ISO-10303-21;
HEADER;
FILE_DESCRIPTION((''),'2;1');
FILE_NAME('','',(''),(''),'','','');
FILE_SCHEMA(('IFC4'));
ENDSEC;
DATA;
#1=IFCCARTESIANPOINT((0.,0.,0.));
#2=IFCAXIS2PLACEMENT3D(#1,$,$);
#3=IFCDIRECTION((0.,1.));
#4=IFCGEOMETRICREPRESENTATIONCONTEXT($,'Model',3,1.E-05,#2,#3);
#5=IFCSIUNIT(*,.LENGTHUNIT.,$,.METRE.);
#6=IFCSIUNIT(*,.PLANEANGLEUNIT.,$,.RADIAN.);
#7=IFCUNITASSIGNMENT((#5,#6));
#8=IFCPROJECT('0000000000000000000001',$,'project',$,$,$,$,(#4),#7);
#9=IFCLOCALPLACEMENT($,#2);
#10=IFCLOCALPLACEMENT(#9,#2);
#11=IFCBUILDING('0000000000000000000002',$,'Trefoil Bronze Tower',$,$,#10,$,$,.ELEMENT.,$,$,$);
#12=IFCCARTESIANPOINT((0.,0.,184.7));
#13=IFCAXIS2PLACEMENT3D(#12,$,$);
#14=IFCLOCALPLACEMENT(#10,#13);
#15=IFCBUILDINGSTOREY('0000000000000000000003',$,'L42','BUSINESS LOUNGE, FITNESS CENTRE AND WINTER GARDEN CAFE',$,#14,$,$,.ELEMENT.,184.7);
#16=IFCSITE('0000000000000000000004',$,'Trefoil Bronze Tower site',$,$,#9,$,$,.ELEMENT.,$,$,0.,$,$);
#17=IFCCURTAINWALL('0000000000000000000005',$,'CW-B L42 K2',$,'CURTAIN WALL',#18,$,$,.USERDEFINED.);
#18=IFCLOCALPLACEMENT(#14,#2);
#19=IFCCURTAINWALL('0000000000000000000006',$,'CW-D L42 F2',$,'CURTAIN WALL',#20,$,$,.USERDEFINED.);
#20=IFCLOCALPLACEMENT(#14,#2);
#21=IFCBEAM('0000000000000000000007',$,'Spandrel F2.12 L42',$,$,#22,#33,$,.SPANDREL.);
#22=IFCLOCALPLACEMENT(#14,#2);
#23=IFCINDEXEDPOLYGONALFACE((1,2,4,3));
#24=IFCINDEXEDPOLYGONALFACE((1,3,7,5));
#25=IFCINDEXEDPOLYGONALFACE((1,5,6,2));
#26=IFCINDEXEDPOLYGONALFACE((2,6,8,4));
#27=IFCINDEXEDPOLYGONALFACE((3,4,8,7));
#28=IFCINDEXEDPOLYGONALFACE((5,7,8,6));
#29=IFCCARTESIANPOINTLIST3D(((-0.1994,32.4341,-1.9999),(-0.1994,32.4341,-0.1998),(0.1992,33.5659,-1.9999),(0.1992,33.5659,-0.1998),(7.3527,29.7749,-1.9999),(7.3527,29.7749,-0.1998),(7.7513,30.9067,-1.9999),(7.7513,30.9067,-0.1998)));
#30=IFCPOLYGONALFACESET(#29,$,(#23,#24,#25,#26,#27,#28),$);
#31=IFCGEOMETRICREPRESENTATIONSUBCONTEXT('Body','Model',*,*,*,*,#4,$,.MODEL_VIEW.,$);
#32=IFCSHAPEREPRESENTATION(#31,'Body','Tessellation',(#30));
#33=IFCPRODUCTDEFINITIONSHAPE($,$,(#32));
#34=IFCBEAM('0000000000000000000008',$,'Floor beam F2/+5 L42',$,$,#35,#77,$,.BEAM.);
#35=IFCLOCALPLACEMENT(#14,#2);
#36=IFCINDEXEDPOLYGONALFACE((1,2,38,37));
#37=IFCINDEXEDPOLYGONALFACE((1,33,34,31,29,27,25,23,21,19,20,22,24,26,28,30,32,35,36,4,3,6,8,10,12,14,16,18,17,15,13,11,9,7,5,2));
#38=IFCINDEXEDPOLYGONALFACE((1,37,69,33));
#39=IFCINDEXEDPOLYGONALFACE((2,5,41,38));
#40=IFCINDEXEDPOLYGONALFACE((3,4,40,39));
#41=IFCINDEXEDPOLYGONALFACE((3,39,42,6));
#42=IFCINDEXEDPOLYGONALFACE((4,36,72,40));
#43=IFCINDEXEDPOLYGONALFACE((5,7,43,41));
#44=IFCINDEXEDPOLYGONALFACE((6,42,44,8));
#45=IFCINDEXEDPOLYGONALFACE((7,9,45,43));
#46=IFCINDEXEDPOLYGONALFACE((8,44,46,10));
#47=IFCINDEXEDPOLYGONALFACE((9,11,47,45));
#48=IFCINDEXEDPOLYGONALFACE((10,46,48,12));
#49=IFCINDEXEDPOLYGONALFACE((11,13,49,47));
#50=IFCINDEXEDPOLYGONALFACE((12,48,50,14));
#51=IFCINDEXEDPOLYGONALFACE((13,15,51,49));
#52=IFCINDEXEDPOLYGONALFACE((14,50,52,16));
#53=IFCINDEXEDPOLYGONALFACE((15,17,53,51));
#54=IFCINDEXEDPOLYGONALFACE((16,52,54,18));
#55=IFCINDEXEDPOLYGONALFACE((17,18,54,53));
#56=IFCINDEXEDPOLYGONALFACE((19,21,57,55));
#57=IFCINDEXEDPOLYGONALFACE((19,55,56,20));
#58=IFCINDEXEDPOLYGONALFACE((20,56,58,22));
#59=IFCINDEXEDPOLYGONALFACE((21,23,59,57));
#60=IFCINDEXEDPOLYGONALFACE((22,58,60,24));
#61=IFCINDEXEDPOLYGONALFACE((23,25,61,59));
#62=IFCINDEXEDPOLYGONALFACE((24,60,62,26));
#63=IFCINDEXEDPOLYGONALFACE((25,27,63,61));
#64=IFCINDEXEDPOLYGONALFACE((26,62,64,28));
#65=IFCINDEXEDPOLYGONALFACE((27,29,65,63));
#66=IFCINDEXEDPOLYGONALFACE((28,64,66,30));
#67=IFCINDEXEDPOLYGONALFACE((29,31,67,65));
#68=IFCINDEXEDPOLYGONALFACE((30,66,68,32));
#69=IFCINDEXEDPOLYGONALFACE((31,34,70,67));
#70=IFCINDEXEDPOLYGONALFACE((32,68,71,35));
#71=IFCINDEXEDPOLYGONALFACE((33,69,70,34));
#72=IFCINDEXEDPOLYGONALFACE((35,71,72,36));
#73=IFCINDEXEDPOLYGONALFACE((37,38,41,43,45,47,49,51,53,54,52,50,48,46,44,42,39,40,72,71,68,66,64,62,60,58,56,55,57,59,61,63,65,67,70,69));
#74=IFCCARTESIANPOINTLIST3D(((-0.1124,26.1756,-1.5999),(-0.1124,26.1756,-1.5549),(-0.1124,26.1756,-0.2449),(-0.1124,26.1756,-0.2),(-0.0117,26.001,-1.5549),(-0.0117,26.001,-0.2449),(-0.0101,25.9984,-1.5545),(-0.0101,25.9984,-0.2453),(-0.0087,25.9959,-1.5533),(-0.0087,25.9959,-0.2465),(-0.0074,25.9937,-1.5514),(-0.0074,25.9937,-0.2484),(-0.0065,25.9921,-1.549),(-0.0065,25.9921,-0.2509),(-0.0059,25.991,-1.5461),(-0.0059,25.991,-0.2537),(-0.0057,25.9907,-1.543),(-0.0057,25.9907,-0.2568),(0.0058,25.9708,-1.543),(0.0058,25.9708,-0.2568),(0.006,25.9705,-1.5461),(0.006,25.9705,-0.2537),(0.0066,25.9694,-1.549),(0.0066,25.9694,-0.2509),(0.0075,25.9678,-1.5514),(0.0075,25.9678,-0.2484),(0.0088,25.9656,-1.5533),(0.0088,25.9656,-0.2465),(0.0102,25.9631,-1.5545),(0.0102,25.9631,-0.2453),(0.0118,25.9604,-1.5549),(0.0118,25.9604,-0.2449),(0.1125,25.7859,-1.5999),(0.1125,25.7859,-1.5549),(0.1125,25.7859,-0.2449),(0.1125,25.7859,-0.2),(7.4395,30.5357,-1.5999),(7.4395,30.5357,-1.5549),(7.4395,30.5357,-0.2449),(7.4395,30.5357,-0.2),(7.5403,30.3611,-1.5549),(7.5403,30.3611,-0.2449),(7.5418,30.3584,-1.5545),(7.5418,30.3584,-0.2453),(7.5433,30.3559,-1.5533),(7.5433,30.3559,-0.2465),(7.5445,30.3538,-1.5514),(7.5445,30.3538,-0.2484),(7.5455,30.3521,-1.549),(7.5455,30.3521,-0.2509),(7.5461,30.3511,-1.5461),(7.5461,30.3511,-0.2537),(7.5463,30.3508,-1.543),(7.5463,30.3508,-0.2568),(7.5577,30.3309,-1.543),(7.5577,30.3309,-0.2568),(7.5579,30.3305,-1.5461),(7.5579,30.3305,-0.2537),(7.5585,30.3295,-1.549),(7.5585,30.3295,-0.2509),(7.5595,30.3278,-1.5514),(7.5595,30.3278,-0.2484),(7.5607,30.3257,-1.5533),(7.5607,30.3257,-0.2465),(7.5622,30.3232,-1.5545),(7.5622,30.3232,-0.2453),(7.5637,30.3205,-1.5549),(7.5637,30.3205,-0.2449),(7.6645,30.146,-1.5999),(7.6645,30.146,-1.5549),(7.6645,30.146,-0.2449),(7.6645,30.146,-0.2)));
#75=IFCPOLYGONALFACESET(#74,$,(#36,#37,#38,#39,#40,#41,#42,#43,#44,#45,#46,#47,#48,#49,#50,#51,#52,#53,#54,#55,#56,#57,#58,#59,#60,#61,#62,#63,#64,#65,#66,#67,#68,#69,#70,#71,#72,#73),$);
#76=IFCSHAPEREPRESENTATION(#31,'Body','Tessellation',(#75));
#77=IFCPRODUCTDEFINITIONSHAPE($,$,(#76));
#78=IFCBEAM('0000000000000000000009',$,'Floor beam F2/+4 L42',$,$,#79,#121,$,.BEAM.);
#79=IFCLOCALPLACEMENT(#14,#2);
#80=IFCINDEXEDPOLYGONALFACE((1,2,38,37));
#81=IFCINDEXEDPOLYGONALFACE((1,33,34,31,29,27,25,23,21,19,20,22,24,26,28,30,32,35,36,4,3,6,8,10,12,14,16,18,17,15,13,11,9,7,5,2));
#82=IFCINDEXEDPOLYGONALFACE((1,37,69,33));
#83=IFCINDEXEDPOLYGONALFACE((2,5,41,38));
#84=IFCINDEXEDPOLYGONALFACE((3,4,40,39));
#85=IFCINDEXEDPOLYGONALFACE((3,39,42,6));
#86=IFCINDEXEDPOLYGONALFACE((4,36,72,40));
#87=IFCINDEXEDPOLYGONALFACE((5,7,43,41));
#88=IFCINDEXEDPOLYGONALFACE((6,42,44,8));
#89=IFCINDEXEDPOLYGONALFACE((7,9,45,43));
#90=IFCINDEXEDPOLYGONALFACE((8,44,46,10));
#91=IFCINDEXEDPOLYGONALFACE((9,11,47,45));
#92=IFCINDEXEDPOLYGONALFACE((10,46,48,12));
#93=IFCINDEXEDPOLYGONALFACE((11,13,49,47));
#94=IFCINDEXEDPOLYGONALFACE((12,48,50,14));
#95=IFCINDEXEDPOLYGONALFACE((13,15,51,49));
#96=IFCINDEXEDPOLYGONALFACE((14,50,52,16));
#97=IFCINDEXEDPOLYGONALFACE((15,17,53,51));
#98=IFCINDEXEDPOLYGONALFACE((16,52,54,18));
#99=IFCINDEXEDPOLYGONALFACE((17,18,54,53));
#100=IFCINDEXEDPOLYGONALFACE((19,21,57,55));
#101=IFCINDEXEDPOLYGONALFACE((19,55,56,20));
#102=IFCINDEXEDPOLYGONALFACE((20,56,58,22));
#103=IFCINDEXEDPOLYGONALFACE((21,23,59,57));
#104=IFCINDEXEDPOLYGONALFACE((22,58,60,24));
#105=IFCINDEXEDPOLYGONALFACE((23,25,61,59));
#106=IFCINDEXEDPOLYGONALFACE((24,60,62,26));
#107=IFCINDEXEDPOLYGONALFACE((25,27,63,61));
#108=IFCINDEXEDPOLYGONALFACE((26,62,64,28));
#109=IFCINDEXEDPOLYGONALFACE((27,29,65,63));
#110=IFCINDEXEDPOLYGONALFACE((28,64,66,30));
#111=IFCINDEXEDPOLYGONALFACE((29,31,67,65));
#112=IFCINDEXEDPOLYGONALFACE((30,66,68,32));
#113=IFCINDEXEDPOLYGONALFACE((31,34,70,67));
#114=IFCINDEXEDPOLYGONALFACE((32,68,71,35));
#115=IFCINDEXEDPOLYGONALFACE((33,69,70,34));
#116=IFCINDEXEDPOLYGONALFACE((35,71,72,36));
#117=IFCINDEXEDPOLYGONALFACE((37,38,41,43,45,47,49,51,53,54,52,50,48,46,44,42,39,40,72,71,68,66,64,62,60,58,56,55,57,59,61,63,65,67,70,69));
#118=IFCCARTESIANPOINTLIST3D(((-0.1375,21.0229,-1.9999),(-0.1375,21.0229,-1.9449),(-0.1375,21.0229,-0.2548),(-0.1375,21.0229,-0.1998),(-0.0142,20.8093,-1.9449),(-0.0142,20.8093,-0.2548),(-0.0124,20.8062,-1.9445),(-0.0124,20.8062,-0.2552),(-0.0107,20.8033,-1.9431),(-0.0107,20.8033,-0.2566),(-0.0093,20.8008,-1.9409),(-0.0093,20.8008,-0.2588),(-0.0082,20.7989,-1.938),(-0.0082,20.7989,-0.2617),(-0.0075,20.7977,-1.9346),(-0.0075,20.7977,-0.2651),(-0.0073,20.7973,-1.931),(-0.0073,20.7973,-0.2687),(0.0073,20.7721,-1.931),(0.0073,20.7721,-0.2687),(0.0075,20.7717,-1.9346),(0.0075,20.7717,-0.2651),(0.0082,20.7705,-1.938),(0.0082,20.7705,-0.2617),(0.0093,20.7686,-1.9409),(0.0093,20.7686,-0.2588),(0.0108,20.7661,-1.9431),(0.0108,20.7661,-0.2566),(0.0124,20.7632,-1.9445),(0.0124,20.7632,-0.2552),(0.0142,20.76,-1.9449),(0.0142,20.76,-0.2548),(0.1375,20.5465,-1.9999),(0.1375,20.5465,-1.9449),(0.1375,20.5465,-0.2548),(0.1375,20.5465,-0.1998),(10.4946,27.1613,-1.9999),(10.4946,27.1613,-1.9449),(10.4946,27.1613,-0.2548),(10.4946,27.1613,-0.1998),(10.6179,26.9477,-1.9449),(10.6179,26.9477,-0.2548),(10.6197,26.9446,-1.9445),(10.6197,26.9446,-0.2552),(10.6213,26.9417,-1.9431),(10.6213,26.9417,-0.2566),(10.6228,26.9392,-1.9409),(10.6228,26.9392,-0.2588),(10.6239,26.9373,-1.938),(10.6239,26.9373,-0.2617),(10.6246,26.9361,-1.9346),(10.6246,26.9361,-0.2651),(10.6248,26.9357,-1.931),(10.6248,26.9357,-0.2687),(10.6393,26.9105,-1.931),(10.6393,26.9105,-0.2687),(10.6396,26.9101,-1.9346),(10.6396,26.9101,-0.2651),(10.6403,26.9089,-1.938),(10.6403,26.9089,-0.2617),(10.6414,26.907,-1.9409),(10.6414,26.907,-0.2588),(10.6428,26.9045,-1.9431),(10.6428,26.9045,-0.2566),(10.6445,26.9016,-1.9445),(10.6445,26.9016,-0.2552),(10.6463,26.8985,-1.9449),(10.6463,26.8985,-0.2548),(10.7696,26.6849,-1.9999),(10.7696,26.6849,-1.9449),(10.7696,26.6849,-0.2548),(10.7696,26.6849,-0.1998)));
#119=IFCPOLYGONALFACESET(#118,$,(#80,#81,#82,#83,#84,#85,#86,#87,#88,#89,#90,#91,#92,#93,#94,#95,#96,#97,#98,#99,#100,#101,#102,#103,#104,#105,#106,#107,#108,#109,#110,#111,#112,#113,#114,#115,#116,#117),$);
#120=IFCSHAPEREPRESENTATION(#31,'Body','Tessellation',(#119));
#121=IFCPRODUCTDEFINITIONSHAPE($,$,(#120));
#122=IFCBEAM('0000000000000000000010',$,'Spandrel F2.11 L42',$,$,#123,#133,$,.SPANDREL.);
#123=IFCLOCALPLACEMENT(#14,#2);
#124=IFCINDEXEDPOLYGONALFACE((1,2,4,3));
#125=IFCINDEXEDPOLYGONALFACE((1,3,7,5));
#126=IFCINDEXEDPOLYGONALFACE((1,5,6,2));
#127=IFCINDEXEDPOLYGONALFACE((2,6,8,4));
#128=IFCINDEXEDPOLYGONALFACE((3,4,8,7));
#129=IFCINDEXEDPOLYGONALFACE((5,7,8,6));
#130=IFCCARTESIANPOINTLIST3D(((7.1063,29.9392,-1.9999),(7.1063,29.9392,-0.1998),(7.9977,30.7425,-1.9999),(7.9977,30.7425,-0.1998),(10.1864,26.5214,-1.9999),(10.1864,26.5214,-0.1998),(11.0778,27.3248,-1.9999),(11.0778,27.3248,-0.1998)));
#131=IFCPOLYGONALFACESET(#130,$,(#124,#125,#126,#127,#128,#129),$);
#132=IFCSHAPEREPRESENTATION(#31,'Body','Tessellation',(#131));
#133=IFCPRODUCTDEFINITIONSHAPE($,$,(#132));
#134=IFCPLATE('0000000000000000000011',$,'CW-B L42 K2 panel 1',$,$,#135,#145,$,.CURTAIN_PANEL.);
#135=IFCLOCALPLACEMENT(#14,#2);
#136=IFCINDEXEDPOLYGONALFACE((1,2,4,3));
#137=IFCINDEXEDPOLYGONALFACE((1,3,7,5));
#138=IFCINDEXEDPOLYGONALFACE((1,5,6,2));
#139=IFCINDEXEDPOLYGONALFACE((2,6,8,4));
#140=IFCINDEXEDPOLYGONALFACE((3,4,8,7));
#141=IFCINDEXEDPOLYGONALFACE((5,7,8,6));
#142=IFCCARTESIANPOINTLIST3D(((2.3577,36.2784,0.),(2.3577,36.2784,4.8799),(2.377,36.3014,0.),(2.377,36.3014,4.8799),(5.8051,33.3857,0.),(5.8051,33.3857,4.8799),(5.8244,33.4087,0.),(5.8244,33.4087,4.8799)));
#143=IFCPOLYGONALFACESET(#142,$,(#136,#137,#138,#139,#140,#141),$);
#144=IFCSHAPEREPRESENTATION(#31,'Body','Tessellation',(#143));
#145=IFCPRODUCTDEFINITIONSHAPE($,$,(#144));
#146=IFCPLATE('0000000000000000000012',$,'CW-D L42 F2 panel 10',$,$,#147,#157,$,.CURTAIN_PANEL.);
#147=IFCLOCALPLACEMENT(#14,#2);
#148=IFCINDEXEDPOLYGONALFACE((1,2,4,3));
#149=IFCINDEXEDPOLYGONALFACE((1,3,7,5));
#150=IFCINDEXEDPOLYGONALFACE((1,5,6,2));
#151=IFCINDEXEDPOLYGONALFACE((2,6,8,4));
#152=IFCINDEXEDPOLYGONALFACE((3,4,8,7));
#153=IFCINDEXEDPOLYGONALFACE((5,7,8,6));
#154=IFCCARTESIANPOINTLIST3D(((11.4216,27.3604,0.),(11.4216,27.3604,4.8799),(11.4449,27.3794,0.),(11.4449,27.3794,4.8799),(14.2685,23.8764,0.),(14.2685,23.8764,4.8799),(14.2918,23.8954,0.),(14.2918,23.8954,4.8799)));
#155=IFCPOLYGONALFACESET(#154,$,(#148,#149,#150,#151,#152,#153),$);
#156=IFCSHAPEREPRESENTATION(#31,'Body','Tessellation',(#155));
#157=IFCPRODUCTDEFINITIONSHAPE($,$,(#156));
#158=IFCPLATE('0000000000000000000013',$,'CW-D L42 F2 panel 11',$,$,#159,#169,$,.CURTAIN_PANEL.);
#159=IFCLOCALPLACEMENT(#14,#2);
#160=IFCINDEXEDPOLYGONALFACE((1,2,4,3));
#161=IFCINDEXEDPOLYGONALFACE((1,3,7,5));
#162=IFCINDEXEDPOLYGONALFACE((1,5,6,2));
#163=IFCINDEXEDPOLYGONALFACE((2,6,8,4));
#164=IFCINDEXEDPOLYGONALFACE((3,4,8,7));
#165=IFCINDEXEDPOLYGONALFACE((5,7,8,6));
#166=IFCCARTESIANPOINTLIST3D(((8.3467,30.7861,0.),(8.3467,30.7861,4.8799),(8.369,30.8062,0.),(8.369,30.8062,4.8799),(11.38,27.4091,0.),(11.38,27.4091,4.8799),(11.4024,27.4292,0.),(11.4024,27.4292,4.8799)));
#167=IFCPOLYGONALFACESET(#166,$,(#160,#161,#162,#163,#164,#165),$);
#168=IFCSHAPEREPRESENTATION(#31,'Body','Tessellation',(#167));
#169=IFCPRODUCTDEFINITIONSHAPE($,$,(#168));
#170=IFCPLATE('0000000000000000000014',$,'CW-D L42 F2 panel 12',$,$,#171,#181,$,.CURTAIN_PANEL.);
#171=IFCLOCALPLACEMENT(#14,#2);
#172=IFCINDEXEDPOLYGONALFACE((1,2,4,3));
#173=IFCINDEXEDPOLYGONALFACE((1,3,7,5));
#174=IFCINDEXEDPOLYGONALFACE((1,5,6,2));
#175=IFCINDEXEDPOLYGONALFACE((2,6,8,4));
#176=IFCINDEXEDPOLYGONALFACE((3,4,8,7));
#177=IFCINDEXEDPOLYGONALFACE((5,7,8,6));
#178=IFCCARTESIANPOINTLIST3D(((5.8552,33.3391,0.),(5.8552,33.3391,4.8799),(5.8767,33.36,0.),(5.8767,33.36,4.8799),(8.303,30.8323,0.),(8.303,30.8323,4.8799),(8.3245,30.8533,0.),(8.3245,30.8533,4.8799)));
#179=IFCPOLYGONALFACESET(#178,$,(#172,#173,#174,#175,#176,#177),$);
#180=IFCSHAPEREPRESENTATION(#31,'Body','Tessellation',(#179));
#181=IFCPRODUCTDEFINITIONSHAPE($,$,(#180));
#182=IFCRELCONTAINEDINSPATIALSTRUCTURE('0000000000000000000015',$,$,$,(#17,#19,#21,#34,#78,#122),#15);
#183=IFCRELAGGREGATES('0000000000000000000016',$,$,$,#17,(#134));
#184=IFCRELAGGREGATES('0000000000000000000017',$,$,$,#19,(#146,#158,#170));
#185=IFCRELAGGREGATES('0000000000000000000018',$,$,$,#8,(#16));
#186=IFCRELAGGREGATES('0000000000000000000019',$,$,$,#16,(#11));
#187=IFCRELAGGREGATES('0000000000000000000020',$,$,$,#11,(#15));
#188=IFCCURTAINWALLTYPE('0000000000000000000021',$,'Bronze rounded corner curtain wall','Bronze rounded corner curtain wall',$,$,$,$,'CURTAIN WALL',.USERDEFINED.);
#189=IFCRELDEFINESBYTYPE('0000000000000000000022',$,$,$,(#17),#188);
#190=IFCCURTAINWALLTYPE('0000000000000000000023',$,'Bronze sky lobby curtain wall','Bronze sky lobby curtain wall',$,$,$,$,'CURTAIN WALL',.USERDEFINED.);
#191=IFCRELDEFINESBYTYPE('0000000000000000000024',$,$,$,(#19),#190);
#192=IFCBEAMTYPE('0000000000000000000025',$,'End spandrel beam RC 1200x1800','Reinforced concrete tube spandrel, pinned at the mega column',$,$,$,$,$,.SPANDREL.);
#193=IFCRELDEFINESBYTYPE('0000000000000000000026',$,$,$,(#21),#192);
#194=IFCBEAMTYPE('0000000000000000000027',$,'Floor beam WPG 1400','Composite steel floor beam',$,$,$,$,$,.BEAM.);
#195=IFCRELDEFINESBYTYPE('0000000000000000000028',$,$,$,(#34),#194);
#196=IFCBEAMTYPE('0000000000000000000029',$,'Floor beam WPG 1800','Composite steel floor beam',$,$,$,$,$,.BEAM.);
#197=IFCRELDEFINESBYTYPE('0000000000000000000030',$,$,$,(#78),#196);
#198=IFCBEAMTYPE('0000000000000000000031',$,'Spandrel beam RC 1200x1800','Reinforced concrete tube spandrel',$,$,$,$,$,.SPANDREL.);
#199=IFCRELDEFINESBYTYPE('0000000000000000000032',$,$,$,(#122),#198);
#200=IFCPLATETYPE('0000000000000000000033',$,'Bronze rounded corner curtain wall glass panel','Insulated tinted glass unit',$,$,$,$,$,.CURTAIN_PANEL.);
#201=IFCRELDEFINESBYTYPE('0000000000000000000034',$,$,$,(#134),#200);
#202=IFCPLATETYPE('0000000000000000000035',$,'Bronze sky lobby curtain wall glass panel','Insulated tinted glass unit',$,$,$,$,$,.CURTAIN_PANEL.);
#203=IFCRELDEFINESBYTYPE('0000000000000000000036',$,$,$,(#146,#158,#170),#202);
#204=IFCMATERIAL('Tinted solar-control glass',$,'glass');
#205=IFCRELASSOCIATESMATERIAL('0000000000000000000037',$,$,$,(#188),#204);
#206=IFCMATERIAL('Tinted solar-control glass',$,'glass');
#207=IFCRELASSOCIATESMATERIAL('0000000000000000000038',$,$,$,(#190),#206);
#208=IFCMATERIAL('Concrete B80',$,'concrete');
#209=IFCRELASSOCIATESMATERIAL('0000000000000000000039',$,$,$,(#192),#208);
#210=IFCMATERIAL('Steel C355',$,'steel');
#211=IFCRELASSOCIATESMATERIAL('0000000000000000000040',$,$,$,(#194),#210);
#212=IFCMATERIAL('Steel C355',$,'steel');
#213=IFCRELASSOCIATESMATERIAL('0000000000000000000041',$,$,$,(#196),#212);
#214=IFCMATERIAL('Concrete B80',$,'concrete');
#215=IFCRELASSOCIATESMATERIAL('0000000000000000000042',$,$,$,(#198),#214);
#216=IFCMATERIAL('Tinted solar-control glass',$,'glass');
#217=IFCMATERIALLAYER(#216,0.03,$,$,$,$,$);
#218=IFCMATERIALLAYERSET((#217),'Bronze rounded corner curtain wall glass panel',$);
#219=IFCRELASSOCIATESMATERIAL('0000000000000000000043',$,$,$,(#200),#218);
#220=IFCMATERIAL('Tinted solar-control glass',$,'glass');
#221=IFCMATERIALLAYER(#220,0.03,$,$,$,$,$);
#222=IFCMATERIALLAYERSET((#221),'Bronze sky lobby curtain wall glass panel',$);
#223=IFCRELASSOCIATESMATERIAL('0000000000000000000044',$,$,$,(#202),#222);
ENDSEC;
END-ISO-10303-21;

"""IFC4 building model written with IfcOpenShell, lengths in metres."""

from ifc_helpers import new_model, si_unit, direction, frame, origin, origin_2d, place, context, subcontext, project, spatial, rectangle, i_section, extrude, material, layer, layer_set, material_profile, profile_set, type_object, element, aggregate, save


model = new_model("IFC4")

# Units and contexts
model_context = context("Model", 3, precision=1e-05, world=origin(), true_north=direction((0.0, 1.0)))
body_context = subcontext(model_context, "Body", "Model", "MODEL_VIEW")
ifc_project = project(units=[si_unit("LENGTHUNIT", "METRE"), si_unit("PLANEANGLEUNIT", "RADIAN")], contexts=[model_context])

# Site, building, storey
site_placement = place(None, origin())
site = spatial("IfcSite", under=ifc_project, at=site_placement, Name="Trefoil Bronze Tower site", CompositionType="ELEMENT", RefElevation=0.0)
building_placement = place(site_placement, origin())
building = spatial("IfcBuilding", under=site, at=building_placement, Name="Trefoil Bronze Tower", CompositionType="ELEMENT")
storey_placement = place(building_placement, frame((0.0, 0.0, 184.7)))
storey = spatial("IfcBuildingStorey", under=building, at=storey_placement, Name="L42", Description="BUSINESS LOUNGE, FITNESS CENTRE AND WINTER GARDEN CAFE", CompositionType="ELEMENT", Elevation=184.7)

# Curtain walls
ifc_material_1 = material(Name="Tinted solar-control glass", Category="glass")
curtain_wall_type_1 = type_object("IfcCurtainWallType", Name="Bronze rounded corner curtain wall", Description="Bronze rounded corner curtain wall", ElementType="CURTAIN WALL", PredefinedType="USERDEFINED", material=ifc_material_1)
curtain_wall_1_placement = place(storey_placement, origin())
curtain_wall_1 = element("IfcCurtainWall", 1, at=curtain_wall_1_placement, inside=storey, type_object=curtain_wall_type_1, Name="CW-B L42 K2", ObjectType="CURTAIN WALL", PredefinedType="USERDEFINED")
ifc_material_2 = material(Name="Tinted solar-control glass", Category="glass")
curtain_wall_type_2 = type_object("IfcCurtainWallType", Name="Bronze sky lobby curtain wall", Description="Bronze sky lobby curtain wall", ElementType="CURTAIN WALL", PredefinedType="USERDEFINED", material=ifc_material_2)
curtain_wall_2_placement = place(storey_placement, origin())
curtain_wall_2 = element("IfcCurtainWall", 2, at=curtain_wall_2_placement, inside=storey, type_object=curtain_wall_type_2, Name="CW-D L42 F2", ObjectType="CURTAIN WALL", PredefinedType="USERDEFINED")

# Beams
ifc_material_3 = material(Name="Concrete B80", Category="concrete")
ifc_material_profile_1 = material_profile(ifc_material_3, rectangle(XDim=1.2, YDim=1.8, at=origin_2d()), Name="RC 1200x1800")
ifc_profile_set_1 = profile_set([ifc_material_profile_1], Name="Concrete B80")
beam_type_1 = type_object("IfcBeamType", Name="End spandrel beam RC 1200x1800", Description="Reinforced concrete tube spandrel, pinned at the mega column", PredefinedType="SPANDREL", material=ifc_profile_set_1)
beam_1_placement = place(storey_placement, frame((7.552, 30.3408, -1.0999), z_axis=(-0.943234, 0.332128, 0.0), x_axis=(-0.332128, -0.943234, 0.0)))
element("IfcBeam", 3, at=beam_1_placement, inside=storey, type_object=beam_type_1, Name="Spandrel F2.12 L42", PredefinedType="SPANDREL", context=body_context, shape_type="SweptSolid", body=[
    extrude(rectangle(XDim=1.2, YDim=1.8, at=origin_2d()), origin(), (0.0, 0.0, 1.0), 8.0066),
])
ifc_material_4 = material(Name="Steel C355", Category="steel")
ifc_material_profile_2 = material_profile(ifc_material_4, i_section(OverallWidth=0.45, OverallDepth=1.3999, WebThickness=0.0229, FlangeThickness=0.0449, FilletRadius=0.012, at=origin_2d()), Name="WPG 1400")
ifc_profile_set_2 = profile_set([ifc_material_profile_2], Name="Steel C355")
beam_type_2 = type_object("IfcBeamType", Name="Floor beam WPG 1400", Description="Composite steel floor beam", PredefinedType="BEAM", material=ifc_profile_set_2)
beam_2_placement = place(storey_placement, frame((7.552, 30.3408, -0.8999), z_axis=(-0.866028, -0.499996, 0.0), x_axis=(0.499996, -0.866028, 0.0)))
element("IfcBeam", 4, at=beam_2_placement, inside=storey, type_object=beam_type_2, Name="Floor beam F2/+5 L42", PredefinedType="BEAM", context=body_context, shape_type="SweptSolid", body=[
    extrude(i_section(OverallWidth=0.45, OverallDepth=1.3999, WebThickness=0.0229, FlangeThickness=0.0449, FilletRadius=0.012, at=origin_2d()), origin(), (0.0, 0.0, 1.0), 8.7202),
])
ifc_material_5 = material(Name="Steel C355", Category="steel")
ifc_material_profile_3 = material_profile(ifc_material_5, i_section(OverallWidth=0.55, OverallDepth=1.8, WebThickness=0.0291, FlangeThickness=0.0549, FilletRadius=0.0139, at=origin_2d()), Name="WPG 1800")
ifc_profile_set_3 = profile_set([ifc_material_profile_3], Name="Steel C355")
beam_type_3 = type_object("IfcBeamType", Name="Floor beam WPG 1800", Description="Composite steel floor beam", PredefinedType="BEAM", material=ifc_profile_set_3)
beam_3_placement = place(storey_placement, frame((10.6321, 26.9231, -1.0999), z_axis=(-0.866026, -0.5, 0.0), x_axis=(0.5, -0.866026, 0.0)))
element("IfcBeam", 5, at=beam_3_placement, inside=storey, type_object=beam_type_3, Name="Floor beam F2/+4 L42", PredefinedType="BEAM", context=body_context, shape_type="SweptSolid", body=[
    extrude(i_section(OverallWidth=0.55, OverallDepth=1.8, WebThickness=0.0291, FlangeThickness=0.0549, FilletRadius=0.0139, at=origin_2d()), origin(), (0.0, 0.0, 1.0), 12.2769),
])
ifc_material_6 = material(Name="Concrete B80", Category="concrete")
ifc_material_profile_4 = material_profile(ifc_material_6, rectangle(XDim=1.2, YDim=1.8, at=origin_2d()), Name="RC 1200x1800")
ifc_profile_set_4 = profile_set([ifc_material_profile_4], Name="Concrete B80")
beam_type_4 = type_object("IfcBeamType", Name="Spandrel beam RC 1200x1800", Description="Reinforced concrete tube spandrel", PredefinedType="SPANDREL", material=ifc_profile_set_4)
beam_4_placement = place(storey_placement, frame((10.6321, 26.9231, -1.0999), z_axis=(-0.66946, 0.742848, 0.0), x_axis=(-0.742848, -0.66946, 0.0)))
element("IfcBeam", 6, at=beam_4_placement, inside=storey, type_object=beam_type_4, Name="Spandrel F2.11 L42", PredefinedType="SPANDREL", context=body_context, shape_type="SweptSolid", body=[
    extrude(rectangle(XDim=1.2, YDim=1.8, at=origin_2d()), origin(), (0.0, 0.0, 1.0), 4.6008),
])

# Plates
ifc_material_7 = material(Name="Tinted solar-control glass", Category="glass")
ifc_layer_1 = layer(ifc_material_7, 0.03)
ifc_layer_set_1 = layer_set([ifc_layer_1], Name="Bronze rounded corner curtain wall glass panel")
plate_type_1 = type_object("IfcPlateType", Name="Bronze rounded corner curtain wall glass panel", Description="Insulated tinted glass unit", PredefinedType="CURTAIN_PANEL", material=ifc_layer_set_1)
plate_1_placement = place(storey_placement, frame((4.0911, 34.8435, 0.0), z_axis=(0.0, 0.0, 1.0), x_axis=(-0.766044, 0.642788, 0.0)))
plate_1 = element("IfcPlate", 7, at=plate_1_placement, type_object=plate_type_1, Name="CW-B L42 K2 panel 1", PredefinedType="CURTAIN_PANEL", context=body_context, shape_type="SweptSolid", body=[
    extrude(rectangle(XDim=4.5002, YDim=0.03, at=origin_2d()), origin(), (0.0, 0.0, 1.0), 4.8799),
])
aggregate(curtain_wall_1, [plate_1])
ifc_material_8 = material(Name="Tinted solar-control glass", Category="glass")
ifc_layer_2 = layer(ifc_material_8, 0.03)
ifc_layer_set_2 = layer_set([ifc_layer_2], Name="Bronze sky lobby curtain wall glass panel")
plate_type_2 = type_object("IfcPlateType", Name="Bronze sky lobby curtain wall glass panel", Description="Insulated tinted glass unit", PredefinedType="CURTAIN_PANEL", material=ifc_layer_set_2)
plate_2_placement = place(storey_placement, frame((12.8567, 25.6279, 0.0), z_axis=(0.0, 0.0, 1.0), x_axis=(-0.632753, 0.774354, 0.0)))
plate_2 = element("IfcPlate", 8, at=plate_2_placement, type_object=plate_type_2, Name="CW-D L42 F2 panel 10", PredefinedType="CURTAIN_PANEL", context=body_context, shape_type="SweptSolid", body=[
    extrude(rectangle(XDim=4.4993, YDim=0.03, at=origin_2d()), origin(), (0.0, 0.0, 1.0), 4.8799),
])
plate_3_placement = place(storey_placement, frame((9.8745, 29.1077, 0.0), z_axis=(0.0, 0.0, 1.0), x_axis=(-0.668246, 0.743941, 0.0)))
plate_3 = element("IfcPlate", 9, at=plate_3_placement, type_object=plate_type_2, Name="CW-D L42 F2 panel 11", PredefinedType="CURTAIN_PANEL", context=body_context, shape_type="SweptSolid", body=[
    extrude(rectangle(XDim=4.5393, YDim=0.03, at=origin_2d()), origin(), (0.0, 0.0, 1.0), 4.8799),
])
plate_4_placement = place(storey_placement, frame((7.0898, 32.0962, 0.0), z_axis=(0.0, 0.0, 1.0), x_axis=(-0.698652, 0.715462, 0.0)))
plate_4 = element("IfcPlate", 10, at=plate_4_placement, type_object=plate_type_2, Name="CW-D L42 F2 panel 12", PredefinedType="CURTAIN_PANEL", context=body_context, shape_type="SweptSolid", body=[
    extrude(rectangle(XDim=3.5037, YDim=0.03, at=origin_2d()), origin(), (0.0, 0.0, 1.0), 4.8799),
])
aggregate(curtain_wall_2, [plate_2, plate_3, plate_4])

save(model, "model.ifc")
